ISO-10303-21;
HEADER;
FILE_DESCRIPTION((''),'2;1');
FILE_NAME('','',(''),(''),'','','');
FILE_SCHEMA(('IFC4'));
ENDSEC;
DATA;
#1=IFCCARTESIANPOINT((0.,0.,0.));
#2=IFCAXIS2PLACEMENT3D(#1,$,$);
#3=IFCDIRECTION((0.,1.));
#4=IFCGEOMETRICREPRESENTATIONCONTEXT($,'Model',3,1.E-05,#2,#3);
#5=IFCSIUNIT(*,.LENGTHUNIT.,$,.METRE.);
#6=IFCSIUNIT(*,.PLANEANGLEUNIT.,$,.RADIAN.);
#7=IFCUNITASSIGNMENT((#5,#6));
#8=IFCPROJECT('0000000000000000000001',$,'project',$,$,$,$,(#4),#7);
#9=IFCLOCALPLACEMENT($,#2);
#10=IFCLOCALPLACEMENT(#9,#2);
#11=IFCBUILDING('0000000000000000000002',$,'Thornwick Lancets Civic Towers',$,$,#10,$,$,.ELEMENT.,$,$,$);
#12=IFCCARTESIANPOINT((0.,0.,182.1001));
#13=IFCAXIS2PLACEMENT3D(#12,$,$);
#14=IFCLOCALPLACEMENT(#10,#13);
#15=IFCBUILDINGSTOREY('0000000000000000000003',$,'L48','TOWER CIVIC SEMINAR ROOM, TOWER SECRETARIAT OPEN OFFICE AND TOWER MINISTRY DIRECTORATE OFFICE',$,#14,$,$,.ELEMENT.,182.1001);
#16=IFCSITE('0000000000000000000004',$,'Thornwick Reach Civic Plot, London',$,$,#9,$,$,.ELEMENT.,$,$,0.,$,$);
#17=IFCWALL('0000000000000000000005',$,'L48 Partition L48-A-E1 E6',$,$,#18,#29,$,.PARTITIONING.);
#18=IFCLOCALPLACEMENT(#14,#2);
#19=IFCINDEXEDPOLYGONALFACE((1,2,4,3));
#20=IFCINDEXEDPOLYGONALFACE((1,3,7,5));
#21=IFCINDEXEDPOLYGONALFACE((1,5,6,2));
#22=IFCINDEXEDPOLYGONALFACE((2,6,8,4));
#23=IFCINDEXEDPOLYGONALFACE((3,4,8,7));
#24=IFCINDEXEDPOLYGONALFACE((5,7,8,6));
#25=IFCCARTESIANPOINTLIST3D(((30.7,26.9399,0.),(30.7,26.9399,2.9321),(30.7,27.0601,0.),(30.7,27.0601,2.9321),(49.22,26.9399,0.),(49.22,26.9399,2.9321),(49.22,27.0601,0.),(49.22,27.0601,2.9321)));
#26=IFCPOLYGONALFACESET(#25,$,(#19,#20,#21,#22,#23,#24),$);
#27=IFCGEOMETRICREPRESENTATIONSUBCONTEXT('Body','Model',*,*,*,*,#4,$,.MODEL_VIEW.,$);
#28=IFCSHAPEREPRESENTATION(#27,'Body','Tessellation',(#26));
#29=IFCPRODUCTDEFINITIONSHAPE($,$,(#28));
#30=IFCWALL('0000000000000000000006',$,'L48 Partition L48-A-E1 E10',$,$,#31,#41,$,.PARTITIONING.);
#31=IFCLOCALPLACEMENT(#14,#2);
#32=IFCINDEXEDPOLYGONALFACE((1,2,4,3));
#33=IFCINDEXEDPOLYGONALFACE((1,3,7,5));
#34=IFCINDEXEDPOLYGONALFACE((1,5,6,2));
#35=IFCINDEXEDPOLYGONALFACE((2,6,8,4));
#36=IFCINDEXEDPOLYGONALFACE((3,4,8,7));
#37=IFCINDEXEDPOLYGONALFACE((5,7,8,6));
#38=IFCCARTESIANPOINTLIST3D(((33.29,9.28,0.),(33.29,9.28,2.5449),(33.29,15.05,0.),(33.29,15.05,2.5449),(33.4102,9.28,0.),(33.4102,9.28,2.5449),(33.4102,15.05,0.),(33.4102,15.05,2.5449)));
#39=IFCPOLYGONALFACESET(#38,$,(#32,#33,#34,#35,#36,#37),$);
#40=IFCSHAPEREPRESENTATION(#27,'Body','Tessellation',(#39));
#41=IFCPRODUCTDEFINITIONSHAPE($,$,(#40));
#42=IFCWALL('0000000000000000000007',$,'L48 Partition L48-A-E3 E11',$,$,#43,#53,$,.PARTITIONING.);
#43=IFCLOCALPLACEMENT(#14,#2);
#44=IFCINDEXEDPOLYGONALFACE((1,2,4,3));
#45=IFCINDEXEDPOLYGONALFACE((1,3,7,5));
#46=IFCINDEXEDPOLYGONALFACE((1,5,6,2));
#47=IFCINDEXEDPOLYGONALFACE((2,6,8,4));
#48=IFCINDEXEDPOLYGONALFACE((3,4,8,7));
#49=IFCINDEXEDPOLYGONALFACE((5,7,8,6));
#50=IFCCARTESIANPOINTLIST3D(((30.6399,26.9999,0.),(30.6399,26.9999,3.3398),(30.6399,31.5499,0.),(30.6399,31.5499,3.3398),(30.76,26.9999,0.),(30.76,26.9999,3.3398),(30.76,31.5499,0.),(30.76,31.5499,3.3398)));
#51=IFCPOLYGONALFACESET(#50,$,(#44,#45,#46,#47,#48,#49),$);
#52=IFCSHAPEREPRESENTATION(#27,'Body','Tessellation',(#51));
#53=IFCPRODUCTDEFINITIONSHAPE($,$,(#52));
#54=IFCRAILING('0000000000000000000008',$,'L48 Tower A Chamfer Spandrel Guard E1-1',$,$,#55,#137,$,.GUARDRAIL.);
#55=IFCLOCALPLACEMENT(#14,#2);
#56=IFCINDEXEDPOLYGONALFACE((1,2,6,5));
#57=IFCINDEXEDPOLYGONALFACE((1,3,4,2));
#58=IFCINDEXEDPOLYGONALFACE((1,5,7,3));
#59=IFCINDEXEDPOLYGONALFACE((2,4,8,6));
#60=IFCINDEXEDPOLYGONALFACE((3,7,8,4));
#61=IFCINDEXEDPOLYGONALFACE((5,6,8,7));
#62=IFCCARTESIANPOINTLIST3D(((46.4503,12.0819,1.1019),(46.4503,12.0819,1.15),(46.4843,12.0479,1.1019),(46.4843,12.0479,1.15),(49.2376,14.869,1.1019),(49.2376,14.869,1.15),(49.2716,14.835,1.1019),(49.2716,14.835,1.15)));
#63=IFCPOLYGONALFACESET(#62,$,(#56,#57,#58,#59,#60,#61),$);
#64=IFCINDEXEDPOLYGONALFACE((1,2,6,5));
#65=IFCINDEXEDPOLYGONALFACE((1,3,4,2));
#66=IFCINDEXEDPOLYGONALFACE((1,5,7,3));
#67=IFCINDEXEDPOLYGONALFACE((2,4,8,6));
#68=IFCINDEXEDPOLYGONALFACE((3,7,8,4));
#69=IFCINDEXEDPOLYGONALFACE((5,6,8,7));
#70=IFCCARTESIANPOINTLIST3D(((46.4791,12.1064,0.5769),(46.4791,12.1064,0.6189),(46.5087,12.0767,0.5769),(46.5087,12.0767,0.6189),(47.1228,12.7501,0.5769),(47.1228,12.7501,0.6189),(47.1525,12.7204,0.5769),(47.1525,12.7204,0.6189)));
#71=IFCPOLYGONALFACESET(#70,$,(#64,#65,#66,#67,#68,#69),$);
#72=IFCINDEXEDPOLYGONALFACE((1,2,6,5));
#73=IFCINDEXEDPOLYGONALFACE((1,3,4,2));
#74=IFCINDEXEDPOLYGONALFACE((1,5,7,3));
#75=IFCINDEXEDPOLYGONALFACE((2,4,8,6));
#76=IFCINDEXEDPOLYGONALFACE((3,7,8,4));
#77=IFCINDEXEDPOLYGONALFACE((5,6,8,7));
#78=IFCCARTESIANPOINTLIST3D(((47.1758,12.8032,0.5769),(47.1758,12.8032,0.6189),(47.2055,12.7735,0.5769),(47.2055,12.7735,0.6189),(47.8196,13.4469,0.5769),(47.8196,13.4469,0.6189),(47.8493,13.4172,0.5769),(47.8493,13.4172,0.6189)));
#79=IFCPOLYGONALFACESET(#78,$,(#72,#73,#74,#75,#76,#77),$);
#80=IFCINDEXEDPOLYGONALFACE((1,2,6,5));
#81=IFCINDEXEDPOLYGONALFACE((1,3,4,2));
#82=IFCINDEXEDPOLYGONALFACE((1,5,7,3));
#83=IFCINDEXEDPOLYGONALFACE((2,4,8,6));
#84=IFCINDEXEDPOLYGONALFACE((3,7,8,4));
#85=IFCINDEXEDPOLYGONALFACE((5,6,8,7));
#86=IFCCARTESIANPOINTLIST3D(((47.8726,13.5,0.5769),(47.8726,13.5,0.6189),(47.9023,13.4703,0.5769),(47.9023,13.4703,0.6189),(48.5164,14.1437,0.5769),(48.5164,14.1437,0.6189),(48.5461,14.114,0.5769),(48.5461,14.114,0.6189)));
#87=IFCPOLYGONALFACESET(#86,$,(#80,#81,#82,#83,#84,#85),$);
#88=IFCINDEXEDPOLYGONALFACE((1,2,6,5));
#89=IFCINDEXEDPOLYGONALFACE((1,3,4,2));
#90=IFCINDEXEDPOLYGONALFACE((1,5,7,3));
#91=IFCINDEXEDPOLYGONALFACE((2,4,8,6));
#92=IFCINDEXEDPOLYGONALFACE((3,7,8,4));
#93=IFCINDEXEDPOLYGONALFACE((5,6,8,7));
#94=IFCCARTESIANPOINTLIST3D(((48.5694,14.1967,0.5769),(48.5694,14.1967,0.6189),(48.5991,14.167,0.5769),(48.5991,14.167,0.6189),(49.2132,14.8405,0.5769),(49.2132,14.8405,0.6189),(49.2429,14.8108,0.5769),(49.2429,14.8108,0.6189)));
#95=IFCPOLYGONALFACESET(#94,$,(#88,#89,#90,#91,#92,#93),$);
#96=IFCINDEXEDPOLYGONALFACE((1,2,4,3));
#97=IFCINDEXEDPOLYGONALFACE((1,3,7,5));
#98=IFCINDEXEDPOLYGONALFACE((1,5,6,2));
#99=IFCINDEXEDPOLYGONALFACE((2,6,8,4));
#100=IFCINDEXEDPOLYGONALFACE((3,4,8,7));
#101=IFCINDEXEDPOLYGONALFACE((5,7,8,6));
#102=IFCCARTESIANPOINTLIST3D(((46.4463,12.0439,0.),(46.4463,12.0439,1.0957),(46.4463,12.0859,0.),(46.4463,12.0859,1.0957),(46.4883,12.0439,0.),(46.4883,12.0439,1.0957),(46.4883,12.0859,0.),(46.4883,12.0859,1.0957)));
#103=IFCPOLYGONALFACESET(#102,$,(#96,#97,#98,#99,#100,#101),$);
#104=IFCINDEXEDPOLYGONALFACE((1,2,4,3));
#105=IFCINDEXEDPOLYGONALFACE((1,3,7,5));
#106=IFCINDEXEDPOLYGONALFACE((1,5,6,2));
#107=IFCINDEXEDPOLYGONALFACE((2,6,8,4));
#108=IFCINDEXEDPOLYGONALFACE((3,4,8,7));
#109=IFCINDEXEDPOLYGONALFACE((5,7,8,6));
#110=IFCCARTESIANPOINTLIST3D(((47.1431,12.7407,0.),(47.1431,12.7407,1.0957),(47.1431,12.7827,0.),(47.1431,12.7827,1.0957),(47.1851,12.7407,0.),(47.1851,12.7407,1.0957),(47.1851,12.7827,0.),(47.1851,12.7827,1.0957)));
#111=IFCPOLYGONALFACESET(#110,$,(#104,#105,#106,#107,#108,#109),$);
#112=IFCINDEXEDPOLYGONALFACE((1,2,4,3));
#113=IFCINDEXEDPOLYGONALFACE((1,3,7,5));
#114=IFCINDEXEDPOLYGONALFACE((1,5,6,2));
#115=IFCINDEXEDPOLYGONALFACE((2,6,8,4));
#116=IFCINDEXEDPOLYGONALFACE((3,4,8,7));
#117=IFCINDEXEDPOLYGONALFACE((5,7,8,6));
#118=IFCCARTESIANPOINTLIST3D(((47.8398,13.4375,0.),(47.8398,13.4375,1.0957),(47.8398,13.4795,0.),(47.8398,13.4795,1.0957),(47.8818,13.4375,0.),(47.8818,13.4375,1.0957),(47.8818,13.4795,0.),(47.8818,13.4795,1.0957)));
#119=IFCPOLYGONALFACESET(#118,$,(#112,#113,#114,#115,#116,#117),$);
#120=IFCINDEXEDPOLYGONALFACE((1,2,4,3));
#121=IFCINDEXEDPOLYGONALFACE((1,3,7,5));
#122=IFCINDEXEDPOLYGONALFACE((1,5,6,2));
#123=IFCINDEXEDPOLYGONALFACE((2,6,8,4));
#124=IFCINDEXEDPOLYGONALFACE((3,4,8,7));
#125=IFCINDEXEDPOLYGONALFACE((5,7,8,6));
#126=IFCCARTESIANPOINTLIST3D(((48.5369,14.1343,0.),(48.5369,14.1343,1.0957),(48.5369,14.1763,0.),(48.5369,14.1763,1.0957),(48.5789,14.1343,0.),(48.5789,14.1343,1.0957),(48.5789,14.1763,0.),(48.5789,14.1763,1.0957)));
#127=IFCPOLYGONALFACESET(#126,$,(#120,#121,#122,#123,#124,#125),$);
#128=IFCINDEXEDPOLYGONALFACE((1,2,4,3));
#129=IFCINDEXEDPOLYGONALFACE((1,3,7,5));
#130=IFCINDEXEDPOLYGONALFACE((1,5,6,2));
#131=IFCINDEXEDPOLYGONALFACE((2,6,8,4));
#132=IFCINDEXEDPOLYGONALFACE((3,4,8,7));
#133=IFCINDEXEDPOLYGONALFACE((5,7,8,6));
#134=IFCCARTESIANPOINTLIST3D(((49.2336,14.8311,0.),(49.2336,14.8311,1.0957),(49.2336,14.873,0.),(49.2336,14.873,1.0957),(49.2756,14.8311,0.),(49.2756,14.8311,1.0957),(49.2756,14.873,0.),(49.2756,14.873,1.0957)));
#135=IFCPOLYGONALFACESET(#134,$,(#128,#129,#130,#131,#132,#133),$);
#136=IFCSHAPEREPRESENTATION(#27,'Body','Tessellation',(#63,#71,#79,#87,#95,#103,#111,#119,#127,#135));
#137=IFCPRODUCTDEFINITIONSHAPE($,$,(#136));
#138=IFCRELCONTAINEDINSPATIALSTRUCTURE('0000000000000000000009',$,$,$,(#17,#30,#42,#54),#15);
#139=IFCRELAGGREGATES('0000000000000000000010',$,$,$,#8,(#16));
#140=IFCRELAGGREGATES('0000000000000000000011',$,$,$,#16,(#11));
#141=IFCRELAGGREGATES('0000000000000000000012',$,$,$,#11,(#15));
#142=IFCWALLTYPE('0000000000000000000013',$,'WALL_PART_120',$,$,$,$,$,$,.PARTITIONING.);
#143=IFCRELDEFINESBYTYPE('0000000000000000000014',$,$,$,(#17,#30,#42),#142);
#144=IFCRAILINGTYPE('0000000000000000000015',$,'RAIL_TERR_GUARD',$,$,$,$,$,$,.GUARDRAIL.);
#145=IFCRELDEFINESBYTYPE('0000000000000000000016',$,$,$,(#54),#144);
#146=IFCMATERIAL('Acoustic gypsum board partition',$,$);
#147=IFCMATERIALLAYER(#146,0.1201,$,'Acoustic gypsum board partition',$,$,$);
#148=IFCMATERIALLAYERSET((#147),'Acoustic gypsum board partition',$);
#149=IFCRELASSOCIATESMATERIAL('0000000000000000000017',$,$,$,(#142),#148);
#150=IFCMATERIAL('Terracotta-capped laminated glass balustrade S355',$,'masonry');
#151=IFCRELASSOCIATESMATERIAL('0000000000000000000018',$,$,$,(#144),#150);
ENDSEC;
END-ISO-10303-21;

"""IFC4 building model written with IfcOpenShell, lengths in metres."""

from ifc_helpers import new_model, si_unit, direction, frame, frame_2d, origin, origin_2d, place, context, subcontext, project, spatial, rectangle, extrude, material, layer, layer_set, type_object, element, save


model = new_model("IFC4")

# Units and contexts
model_context = context("Model", 3, precision=1e-05, world=origin(), true_north=direction((0.0, 1.0)))
body_context = subcontext(model_context, "Body", "Model", "MODEL_VIEW")
ifc_project = project(units=[si_unit("LENGTHUNIT", "METRE"), si_unit("PLANEANGLEUNIT", "RADIAN")], contexts=[model_context])

# Site, building, storey
site_placement = place(None, origin())
site = spatial("IfcSite", under=ifc_project, at=site_placement, Name="Thornwick Reach Civic Plot, London", CompositionType="ELEMENT", RefElevation=0.0)
building_placement = place(site_placement, origin())
building = spatial("IfcBuilding", under=site, at=building_placement, Name="Thornwick Lancets Civic Towers", CompositionType="ELEMENT")
storey_placement = place(building_placement, frame((0.0, 0.0, 182.1001)))
storey = spatial("IfcBuildingStorey", under=building, at=storey_placement, Name="L48", Description="TOWER CIVIC SEMINAR ROOM, TOWER SECRETARIAT OPEN OFFICE AND TOWER MINISTRY DIRECTORATE OFFICE", CompositionType="ELEMENT", Elevation=182.1001)

# Shared definitions
ifc_material_1 = material(Name="Acoustic gypsum board partition")
ifc_layer_1 = layer(ifc_material_1, 0.1201, Name="Acoustic gypsum board partition")
ifc_layer_set_1 = layer_set([ifc_layer_1], Name="Acoustic gypsum board partition")
wall_type_1 = type_object("IfcWallType", Name="WALL_PART_120", PredefinedType="PARTITIONING", material=ifc_layer_set_1)

# Walls
wall_1_placement = place(storey_placement, frame((30.7, 27.0, 0.0), z_axis=(0.0, 0.0, 1.0), x_axis=(1.0, 0.0, 0.0)))
element("IfcWall", 1, at=wall_1_placement, inside=storey, type_object=wall_type_1, Name="L48 Partition L48-A-E1 E6", PredefinedType="PARTITIONING", context=body_context, shape_type="SweptSolid", body=[
    extrude(rectangle(XDim=18.52, YDim=0.1201, at=frame_2d((9.26, 0.0))), origin(), (0.0, 0.0, 1.0), 2.9321),
])
wall_2_placement = place(storey_placement, frame((33.3501, 9.28, 0.0), z_axis=(0.0, 0.0, 1.0), x_axis=(0.0, 1.0, 0.0)))
element("IfcWall", 2, at=wall_2_placement, inside=storey, type_object=wall_type_1, Name="L48 Partition L48-A-E1 E10", PredefinedType="PARTITIONING", context=body_context, shape_type="SweptSolid", body=[
    extrude(rectangle(XDim=5.77, YDim=0.1201, at=frame_2d((2.885, 0.0))), origin(), (0.0, 0.0, 1.0), 2.5449),
])
wall_3_placement = place(storey_placement, frame((30.7, 27.0, 0.0), z_axis=(0.0, 0.0, 1.0), x_axis=(0.0, 1.0, 0.0)))
element("IfcWall", 3, at=wall_3_placement, inside=storey, type_object=wall_type_1, Name="L48 Partition L48-A-E3 E11", PredefinedType="PARTITIONING", context=body_context, shape_type="SweptSolid", body=[
    extrude(rectangle(XDim=4.55, YDim=0.1201, at=frame_2d((2.2749, 0.0))), origin(), (0.0, 0.0, 1.0), 3.3398),
])

# Railing
ifc_material_2 = material(Name="Terracotta-capped laminated glass balustrade S355", Category="masonry")
railing_type = type_object("IfcRailingType", Name="RAIL_TERR_GUARD", PredefinedType="GUARDRAIL", material=ifc_material_2)
railing_placement = place(storey_placement, frame((46.4673, 12.0649, 0.0)))
element("IfcRailing", 4, at=railing_placement, inside=storey, type_object=railing_type, Name="L48 Tower A Chamfer Spandrel Guard E1-1", PredefinedType="GUARDRAIL", context=body_context, shape_type="SweptSolid", body=[
    extrude(rectangle(XDim=0.0481, YDim=0.0481, at=origin_2d()), frame((0.0, 0.0, 1.126), z_axis=(0.707138, 0.707076, 0.0), x_axis=(-0.707076, 0.707138, 0.0)), (0.0, 0.0, 1.0), 3.9417),
    extrude(rectangle(XDim=0.042, YDim=0.042, at=origin_2d()), frame((0.0266, 0.0266, 0.5979), z_axis=(0.707138, 0.707076, 0.0), x_axis=(-0.707076, 0.707138, 0.0)), (0.0, 0.0, 1.0), 0.9104),
    extrude(rectangle(XDim=0.042, YDim=0.042, at=origin_2d()), frame((0.7234, 0.7234, 0.5979), z_axis=(0.707138, 0.707076, 0.0), x_axis=(-0.707076, 0.707138, 0.0)), (0.0, 0.0, 1.0), 0.9104),
    extrude(rectangle(XDim=0.042, YDim=0.042, at=origin_2d()), frame((1.4202, 1.4202, 0.5979), z_axis=(0.707138, 0.707076, 0.0), x_axis=(-0.707076, 0.707138, 0.0)), (0.0, 0.0, 1.0), 0.9104),
    extrude(rectangle(XDim=0.042, YDim=0.042, at=origin_2d()), frame((2.1169, 2.1169, 0.5979), z_axis=(0.707138, 0.707076, 0.0), x_axis=(-0.707076, 0.707138, 0.0)), (0.0, 0.0, 1.0), 0.9104),
    extrude(rectangle(XDim=0.042, YDim=0.042, at=origin_2d()), origin(), (0.0, 0.0, 1.0), 1.0957),
    extrude(rectangle(XDim=0.042, YDim=0.042, at=origin_2d()), frame((0.6968, 0.6968, 0.0)), (0.0, 0.0, 1.0), 1.0957),
    extrude(rectangle(XDim=0.042, YDim=0.042, at=origin_2d()), frame((1.3936, 1.3936, 0.0)), (0.0, 0.0, 1.0), 1.0957),
    extrude(rectangle(XDim=0.042, YDim=0.042, at=origin_2d()), frame((2.0906, 2.0903, 0.0)), (0.0, 0.0, 1.0), 1.0957),
    extrude(rectangle(XDim=0.042, YDim=0.042, at=origin_2d()), frame((2.7874, 2.7871, 0.0)), (0.0, 0.0, 1.0), 1.0957),
])

save(model, "model.ifc")
